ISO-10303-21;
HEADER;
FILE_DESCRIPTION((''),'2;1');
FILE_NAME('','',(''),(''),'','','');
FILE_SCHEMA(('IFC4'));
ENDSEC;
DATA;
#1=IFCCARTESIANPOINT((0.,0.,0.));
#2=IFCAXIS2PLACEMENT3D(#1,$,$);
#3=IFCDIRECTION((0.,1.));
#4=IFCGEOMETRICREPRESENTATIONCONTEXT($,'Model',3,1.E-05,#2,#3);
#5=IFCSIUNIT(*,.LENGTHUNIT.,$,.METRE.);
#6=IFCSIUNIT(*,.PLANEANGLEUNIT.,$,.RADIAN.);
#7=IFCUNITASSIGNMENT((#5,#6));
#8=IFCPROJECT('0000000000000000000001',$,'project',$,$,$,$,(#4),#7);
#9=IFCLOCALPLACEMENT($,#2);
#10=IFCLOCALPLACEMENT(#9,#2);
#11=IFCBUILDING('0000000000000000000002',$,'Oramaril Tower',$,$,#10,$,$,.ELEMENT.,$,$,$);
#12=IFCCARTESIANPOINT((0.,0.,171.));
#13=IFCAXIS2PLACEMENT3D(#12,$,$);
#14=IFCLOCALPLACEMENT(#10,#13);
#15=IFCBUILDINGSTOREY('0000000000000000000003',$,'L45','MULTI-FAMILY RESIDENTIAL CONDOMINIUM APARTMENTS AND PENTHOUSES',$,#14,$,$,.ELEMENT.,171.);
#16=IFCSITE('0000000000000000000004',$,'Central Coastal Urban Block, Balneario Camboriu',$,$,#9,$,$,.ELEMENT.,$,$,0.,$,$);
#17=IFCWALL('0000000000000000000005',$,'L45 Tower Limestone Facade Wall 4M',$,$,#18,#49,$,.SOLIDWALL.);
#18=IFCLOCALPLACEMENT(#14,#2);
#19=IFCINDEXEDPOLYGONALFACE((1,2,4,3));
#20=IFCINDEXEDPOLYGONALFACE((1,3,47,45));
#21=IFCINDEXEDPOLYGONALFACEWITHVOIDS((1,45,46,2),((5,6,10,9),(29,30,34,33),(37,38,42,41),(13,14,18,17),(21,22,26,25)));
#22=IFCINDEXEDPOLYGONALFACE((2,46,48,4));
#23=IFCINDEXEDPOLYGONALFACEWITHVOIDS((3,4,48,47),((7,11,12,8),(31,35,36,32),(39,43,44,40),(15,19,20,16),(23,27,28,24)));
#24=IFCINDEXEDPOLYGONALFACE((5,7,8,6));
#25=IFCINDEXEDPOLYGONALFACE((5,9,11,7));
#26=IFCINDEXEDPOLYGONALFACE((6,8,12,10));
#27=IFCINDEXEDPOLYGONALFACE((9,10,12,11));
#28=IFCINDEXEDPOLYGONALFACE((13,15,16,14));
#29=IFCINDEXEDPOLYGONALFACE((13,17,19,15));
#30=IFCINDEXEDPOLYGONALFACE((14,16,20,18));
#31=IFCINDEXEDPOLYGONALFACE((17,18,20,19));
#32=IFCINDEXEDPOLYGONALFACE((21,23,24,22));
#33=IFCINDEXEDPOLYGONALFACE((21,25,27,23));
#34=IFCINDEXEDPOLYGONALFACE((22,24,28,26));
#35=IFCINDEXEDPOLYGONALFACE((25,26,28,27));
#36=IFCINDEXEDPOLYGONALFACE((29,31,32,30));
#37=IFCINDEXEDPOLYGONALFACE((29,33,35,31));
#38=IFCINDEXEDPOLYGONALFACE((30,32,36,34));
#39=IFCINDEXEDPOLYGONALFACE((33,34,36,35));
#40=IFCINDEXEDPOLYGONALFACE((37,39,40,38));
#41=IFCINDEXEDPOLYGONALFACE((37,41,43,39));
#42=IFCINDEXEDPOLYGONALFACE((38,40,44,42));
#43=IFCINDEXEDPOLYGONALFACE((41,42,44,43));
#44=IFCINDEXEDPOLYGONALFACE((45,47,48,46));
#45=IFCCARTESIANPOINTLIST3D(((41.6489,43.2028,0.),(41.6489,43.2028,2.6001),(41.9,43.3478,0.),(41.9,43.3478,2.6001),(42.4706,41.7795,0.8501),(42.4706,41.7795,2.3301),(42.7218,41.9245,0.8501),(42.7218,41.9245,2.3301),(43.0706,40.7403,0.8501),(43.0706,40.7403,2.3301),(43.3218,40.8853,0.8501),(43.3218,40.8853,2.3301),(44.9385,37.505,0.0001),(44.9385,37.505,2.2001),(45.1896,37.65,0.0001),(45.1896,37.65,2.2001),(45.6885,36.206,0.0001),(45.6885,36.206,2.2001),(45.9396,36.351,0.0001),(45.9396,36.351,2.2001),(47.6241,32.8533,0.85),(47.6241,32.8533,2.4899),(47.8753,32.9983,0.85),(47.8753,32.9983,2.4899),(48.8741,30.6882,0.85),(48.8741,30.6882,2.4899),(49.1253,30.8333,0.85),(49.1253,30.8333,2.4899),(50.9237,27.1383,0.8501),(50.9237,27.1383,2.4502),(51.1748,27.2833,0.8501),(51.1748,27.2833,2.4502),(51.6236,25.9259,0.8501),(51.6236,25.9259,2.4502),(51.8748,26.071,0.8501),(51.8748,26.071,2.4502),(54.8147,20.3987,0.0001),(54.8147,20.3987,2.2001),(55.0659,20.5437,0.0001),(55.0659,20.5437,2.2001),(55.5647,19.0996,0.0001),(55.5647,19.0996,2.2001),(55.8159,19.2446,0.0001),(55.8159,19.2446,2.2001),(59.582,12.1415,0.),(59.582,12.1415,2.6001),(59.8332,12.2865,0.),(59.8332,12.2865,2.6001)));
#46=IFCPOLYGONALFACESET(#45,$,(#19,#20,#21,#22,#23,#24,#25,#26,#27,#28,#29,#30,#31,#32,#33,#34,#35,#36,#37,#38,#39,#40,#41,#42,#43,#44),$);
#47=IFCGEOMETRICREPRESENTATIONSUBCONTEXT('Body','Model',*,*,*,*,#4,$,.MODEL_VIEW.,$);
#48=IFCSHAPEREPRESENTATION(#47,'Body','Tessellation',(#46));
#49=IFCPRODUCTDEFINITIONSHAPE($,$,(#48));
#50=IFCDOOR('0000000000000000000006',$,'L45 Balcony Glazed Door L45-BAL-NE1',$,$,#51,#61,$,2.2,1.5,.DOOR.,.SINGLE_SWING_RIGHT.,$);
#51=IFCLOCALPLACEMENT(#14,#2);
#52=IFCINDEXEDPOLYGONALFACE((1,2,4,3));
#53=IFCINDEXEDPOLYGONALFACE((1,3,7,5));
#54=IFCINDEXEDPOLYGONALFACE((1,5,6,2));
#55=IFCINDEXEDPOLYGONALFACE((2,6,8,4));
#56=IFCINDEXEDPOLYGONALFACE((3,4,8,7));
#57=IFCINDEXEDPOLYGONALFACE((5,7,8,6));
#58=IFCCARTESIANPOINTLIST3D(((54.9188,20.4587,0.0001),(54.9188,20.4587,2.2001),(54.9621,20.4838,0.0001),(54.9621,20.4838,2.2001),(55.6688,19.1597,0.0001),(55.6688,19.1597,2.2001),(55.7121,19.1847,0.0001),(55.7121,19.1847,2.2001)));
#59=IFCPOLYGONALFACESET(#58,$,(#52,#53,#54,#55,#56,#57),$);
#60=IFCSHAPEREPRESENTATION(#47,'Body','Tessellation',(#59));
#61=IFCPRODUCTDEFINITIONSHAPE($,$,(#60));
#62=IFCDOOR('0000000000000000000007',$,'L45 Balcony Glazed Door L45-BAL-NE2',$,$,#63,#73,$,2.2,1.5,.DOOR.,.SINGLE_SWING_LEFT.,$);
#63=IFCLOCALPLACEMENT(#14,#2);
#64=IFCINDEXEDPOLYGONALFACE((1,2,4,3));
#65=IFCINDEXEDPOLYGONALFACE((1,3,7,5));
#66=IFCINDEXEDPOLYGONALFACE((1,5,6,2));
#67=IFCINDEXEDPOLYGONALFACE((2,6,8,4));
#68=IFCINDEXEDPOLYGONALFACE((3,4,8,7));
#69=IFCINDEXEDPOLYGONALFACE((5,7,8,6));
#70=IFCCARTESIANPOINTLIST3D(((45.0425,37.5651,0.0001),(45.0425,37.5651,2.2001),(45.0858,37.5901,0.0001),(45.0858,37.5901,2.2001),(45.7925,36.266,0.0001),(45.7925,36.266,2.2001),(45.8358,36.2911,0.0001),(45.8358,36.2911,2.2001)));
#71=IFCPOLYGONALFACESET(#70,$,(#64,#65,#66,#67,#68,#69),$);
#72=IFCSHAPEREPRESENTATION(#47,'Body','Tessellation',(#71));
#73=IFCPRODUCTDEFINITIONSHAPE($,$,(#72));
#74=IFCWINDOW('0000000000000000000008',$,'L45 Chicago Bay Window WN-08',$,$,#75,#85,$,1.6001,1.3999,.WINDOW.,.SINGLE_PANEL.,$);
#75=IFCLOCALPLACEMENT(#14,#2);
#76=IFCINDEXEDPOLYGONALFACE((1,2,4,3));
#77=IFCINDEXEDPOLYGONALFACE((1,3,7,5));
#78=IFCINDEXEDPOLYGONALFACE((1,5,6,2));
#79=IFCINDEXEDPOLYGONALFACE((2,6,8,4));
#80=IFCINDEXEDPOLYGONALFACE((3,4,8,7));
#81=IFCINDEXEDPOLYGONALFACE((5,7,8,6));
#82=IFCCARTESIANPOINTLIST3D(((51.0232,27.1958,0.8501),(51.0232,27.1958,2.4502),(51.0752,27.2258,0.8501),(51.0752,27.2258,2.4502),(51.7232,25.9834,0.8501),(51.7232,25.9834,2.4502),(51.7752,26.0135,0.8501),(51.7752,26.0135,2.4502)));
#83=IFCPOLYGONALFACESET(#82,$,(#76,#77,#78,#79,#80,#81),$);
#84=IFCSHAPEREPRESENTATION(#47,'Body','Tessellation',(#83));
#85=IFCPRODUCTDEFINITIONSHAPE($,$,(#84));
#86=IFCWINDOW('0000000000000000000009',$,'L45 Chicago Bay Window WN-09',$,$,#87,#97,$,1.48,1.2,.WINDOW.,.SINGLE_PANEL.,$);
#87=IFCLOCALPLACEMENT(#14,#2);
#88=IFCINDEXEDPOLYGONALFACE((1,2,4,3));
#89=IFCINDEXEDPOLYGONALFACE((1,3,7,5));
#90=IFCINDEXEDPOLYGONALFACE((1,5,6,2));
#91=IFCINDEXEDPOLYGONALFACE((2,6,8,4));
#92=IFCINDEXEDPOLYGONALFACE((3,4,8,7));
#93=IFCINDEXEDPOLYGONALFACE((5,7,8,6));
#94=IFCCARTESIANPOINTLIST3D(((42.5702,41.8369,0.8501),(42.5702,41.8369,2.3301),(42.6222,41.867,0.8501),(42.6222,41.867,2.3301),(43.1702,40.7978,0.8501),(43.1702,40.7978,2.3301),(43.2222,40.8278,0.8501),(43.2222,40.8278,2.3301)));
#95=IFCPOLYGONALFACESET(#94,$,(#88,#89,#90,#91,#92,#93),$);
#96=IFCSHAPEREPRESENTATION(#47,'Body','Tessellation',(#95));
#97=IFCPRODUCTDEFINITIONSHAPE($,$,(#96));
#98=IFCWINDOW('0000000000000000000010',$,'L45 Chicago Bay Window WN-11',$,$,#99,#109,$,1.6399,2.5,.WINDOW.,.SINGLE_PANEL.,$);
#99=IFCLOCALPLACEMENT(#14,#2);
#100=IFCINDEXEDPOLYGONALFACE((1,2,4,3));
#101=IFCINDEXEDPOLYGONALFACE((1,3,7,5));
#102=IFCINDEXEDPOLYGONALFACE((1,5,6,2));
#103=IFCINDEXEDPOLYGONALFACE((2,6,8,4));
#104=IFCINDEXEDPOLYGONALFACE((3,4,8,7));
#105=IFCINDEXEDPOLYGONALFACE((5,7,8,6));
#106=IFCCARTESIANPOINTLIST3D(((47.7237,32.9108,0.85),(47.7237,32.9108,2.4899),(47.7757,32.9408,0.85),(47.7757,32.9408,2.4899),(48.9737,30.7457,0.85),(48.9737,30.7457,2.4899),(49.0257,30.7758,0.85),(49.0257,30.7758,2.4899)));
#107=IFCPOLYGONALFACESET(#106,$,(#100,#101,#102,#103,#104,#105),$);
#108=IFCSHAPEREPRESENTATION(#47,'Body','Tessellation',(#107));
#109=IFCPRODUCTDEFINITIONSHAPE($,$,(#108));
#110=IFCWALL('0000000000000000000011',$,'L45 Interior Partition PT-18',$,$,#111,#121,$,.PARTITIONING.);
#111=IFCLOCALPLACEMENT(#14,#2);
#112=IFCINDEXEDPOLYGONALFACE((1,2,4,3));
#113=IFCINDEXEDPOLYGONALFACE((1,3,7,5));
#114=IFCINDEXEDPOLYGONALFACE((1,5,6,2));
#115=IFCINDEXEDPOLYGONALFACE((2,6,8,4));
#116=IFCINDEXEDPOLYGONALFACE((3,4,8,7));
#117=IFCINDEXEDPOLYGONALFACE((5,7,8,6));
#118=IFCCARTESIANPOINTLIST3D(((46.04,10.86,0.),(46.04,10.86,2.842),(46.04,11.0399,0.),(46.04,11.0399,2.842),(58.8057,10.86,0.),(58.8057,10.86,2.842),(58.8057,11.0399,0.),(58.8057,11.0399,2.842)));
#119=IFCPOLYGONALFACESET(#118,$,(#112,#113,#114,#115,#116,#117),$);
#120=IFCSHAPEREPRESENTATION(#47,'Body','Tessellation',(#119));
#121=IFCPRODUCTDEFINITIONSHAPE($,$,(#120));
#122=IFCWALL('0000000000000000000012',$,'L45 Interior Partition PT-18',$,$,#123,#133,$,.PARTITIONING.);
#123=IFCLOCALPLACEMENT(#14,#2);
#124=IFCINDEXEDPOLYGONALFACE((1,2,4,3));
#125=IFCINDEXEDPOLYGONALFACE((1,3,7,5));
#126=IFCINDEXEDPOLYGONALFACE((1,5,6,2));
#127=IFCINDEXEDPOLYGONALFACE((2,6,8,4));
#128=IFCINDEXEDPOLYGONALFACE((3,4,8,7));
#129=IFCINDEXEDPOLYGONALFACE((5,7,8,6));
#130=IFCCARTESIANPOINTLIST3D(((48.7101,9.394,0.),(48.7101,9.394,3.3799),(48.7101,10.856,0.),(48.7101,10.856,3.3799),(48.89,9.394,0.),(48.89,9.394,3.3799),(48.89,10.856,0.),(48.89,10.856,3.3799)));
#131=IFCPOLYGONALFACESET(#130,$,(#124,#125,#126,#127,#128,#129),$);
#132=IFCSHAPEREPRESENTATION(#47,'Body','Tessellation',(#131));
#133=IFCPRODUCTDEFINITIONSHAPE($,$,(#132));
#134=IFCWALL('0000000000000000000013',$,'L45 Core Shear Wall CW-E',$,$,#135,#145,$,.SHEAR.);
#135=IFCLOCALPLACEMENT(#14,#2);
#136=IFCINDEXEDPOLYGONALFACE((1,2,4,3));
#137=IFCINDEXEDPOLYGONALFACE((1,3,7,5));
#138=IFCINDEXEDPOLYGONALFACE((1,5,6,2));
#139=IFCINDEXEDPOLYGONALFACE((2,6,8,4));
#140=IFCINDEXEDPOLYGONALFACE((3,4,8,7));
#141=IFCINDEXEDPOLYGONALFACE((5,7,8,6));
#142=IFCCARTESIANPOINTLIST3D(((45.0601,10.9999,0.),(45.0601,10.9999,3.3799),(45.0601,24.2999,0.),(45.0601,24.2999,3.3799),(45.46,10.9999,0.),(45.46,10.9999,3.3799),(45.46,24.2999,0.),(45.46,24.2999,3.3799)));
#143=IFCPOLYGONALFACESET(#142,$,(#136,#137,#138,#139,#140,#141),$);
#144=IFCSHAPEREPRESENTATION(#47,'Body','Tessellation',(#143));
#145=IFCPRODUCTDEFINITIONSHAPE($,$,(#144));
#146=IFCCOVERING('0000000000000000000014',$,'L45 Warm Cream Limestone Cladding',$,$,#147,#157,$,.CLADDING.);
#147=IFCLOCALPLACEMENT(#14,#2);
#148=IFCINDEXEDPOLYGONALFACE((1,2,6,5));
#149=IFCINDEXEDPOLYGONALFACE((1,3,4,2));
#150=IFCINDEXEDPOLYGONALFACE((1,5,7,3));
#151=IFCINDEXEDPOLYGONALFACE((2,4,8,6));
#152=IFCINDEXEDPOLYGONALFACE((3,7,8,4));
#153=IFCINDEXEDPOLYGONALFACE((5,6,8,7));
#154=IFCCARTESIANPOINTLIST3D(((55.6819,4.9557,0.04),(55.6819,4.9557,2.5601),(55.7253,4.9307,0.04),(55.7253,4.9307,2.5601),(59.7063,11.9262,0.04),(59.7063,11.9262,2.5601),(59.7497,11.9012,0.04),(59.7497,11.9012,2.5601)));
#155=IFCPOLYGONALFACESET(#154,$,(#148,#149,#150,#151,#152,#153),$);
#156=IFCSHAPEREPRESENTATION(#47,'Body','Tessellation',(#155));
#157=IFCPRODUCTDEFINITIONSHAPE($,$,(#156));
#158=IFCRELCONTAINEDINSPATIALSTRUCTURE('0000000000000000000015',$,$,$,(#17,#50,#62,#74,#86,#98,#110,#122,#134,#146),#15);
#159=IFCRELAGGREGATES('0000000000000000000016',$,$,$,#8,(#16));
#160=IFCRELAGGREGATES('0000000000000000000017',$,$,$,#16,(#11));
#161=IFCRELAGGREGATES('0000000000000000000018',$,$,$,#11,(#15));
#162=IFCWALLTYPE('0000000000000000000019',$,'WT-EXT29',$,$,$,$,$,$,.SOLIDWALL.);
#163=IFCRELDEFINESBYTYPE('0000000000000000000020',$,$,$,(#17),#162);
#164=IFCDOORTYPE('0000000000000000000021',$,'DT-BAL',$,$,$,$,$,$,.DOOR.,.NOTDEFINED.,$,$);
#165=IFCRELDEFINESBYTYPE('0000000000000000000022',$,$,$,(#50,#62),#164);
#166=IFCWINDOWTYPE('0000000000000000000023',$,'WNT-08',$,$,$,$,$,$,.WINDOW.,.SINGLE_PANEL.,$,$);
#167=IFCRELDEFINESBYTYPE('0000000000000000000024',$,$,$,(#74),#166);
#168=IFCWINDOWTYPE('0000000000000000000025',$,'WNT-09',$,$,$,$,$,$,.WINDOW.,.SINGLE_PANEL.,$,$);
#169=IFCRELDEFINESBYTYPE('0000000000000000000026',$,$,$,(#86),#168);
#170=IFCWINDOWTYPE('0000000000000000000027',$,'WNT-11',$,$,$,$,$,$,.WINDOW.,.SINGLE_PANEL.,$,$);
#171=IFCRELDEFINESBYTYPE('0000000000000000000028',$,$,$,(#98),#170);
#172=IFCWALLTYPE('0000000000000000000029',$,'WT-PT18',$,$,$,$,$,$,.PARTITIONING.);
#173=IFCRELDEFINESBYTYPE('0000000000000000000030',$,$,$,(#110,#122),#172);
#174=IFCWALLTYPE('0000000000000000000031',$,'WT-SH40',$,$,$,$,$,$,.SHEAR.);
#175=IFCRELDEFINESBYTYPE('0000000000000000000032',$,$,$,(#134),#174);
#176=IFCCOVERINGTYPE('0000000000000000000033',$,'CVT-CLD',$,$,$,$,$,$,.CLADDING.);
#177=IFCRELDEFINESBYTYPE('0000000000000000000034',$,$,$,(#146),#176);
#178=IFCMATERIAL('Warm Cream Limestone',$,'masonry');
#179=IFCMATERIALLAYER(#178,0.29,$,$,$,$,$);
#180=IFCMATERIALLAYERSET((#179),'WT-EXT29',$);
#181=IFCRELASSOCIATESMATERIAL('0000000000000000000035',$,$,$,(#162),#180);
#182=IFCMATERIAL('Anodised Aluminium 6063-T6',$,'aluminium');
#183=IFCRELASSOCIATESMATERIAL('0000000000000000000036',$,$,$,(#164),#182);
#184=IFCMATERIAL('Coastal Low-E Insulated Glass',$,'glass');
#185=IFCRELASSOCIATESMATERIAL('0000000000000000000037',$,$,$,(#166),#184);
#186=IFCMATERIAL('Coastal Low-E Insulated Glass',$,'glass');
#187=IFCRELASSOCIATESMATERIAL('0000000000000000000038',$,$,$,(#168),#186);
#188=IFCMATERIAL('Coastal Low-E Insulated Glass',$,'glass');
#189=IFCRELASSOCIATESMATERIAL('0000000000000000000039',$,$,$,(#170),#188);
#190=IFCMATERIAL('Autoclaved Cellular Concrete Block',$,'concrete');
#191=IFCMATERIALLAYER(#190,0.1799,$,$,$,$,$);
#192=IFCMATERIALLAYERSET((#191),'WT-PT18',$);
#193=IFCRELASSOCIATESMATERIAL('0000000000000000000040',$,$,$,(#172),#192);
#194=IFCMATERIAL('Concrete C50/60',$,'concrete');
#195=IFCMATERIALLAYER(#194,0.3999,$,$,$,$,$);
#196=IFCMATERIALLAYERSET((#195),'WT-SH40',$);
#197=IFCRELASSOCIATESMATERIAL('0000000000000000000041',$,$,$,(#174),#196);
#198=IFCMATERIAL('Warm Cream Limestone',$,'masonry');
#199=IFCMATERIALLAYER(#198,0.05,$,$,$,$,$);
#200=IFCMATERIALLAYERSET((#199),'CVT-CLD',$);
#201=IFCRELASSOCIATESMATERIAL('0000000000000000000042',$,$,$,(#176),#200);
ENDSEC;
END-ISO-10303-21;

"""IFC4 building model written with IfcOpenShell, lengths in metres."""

from ifc_helpers import new_model, si_unit, direction, frame, frame_2d, origin, origin_2d, place, context, subcontext, project, spatial, rectangle, extrude, material, layer, layer_set, type_object, element, fill, save


model = new_model("IFC4")

# Units and contexts
model_context = context("Model", 3, precision=1e-05, world=origin(), true_north=direction((0.0, 1.0)))
body_context = subcontext(model_context, "Body", "Model", "MODEL_VIEW")
ifc_project = project(units=[si_unit("LENGTHUNIT", "METRE"), si_unit("PLANEANGLEUNIT", "RADIAN")], contexts=[model_context])

# Site, building, storey
site_placement = place(None, origin())
site = spatial("IfcSite", under=ifc_project, at=site_placement, Name="Central Coastal Urban Block, Balneario Camboriu", CompositionType="ELEMENT", RefElevation=0.0)
building_placement = place(site_placement, origin())
building = spatial("IfcBuilding", under=site, at=building_placement, Name="Oramaril Tower", CompositionType="ELEMENT")
storey_placement = place(building_placement, frame((0.0, 0.0, 171.0)))
storey = spatial("IfcBuildingStorey", under=building, at=storey_placement, Name="L45", Description="MULTI-FAMILY RESIDENTIAL CONDOMINIUM APARTMENTS AND PENTHOUSES", CompositionType="ELEMENT", Elevation=171.0)

# Wall, openings, doors, windows
ifc_material_1 = material(Name="Warm Cream Limestone", Category="masonry")
ifc_layer_1 = layer(ifc_material_1, 0.29)
ifc_layer_set_1 = layer_set([ifc_layer_1], Name="WT-EXT29")
wall_type_1 = type_object("IfcWallType", Name="WT-EXT29", PredefinedType="SOLIDWALL", material=ifc_layer_set_1)
wall_1_placement = place(storey_placement, frame((59.7075, 12.2141, 0.0), z_axis=(0.0, 0.0, 1.0), x_axis=(-0.499997, 0.866027, 0.0)))
wall_1 = element("IfcWall", 1, at=wall_1_placement, inside=storey, type_object=wall_type_1, Name="L45 Tower Limestone Facade Wall 4M", PredefinedType="SOLIDWALL", context=body_context, shape_type="SweptSolid", body=[
    extrude(rectangle(XDim=35.8665, YDim=0.29, at=frame_2d((17.9331, 0.0))), origin(), (0.0, 0.0, 1.0), 2.6001),
])
opening_1_placement = place(wall_1_placement, frame((8.0344, 0.0, 0.0)))
opening_1 = element("IfcOpeningElement", 2, at=opening_1_placement, cuts=wall_1, PredefinedType="OPENING", context=body_context, shape_type="SweptSolid", body=[
    extrude(rectangle(XDim=1.5, YDim=2.2, at=frame_2d((0.75, 1.1001))), frame((0.0, 0.145, 0.0), z_axis=(0.0, -1.0, 0.0), x_axis=(1.0, 0.0, 0.0)), (0.0, 0.0, 1.0), 0.29),
])
opening_2_placement = place(wall_1_placement, frame((27.7871, 0.0, 0.0)))
opening_2 = element("IfcOpeningElement", 3, at=opening_2_placement, cuts=wall_1, PredefinedType="OPENING", context=body_context, shape_type="SweptSolid", body=[
    extrude(rectangle(XDim=1.5, YDim=2.2, at=frame_2d((0.75, 1.1001))), frame((0.0, 0.145, 0.0), z_axis=(0.0, -1.0, 0.0), x_axis=(1.0, 0.0, 0.0)), (0.0, 0.0, 1.0), 0.29),
])
opening_3_placement = place(wall_1_placement, frame((33.0227, 0.0, 0.8501)))
opening_3 = element("IfcOpeningElement", 4, at=opening_3_placement, cuts=wall_1, PredefinedType="OPENING", context=body_context, shape_type="SweptSolid", body=[
    extrude(rectangle(XDim=1.2, YDim=1.48, at=frame_2d((0.6001, 0.74))), frame((0.0, 0.145, 0.0), z_axis=(0.0, -1.0, 0.0), x_axis=(1.0, 0.0, 0.0)), (0.0, 0.0, 1.0), 0.29),
])
opening_4_placement = place(wall_1_placement, frame((15.9167, 0.0, 0.8501)))
opening_4 = element("IfcOpeningElement", 5, at=opening_4_placement, cuts=wall_1, PredefinedType="OPENING", context=body_context, shape_type="SweptSolid", body=[
    extrude(rectangle(XDim=1.3999, YDim=1.6001, at=frame_2d((0.7, 0.8))), frame((0.0, 0.145, 0.0), z_axis=(0.0, -1.0, 0.0), x_axis=(1.0, 0.0, 0.0)), (0.0, 0.0, 1.0), 0.29),
])
opening_5_placement = place(wall_1_placement, frame((21.4158, 0.0, 0.8501)))
opening_5 = element("IfcOpeningElement", 6, at=opening_5_placement, cuts=wall_1, PredefinedType="OPENING", context=body_context, shape_type="SweptSolid", body=[
    extrude(rectangle(XDim=2.5, YDim=1.6399, at=frame_2d((1.25, 0.8198))), frame((0.0, 0.145, 0.0), z_axis=(0.0, -1.0, 0.0), x_axis=(1.0, 0.0, 0.0)), (0.0, 0.0, 1.0), 0.29),
])
ifc_material_2 = material(Name="Anodised Aluminium 6063-T6", Category="aluminium")
door_type = type_object("IfcDoorType", Name="DT-BAL", OperationType="NOTDEFINED", PredefinedType="DOOR", material=ifc_material_2)
door_1_placement = place(opening_1_placement, origin())
door_1 = element("IfcDoor", 7, at=door_1_placement, inside=storey, type_object=door_type, Name="L45 Balcony Glazed Door L45-BAL-NE1", OperationType="SINGLE_SWING_RIGHT", OverallHeight=2.2, OverallWidth=1.5, PredefinedType="DOOR", context=body_context, shape_type="SweptSolid", body=[
    extrude(rectangle(XDim=1.5, YDim=2.2, at=frame_2d((0.75, 1.1001))), frame((0.0, 0.0249, 0.0), z_axis=(0.0, -1.0, 0.0), x_axis=(1.0, 0.0, 0.0)), (0.0, 0.0, 1.0), 0.05),
])
fill(opening_1, door_1)
door_2_placement = place(opening_2_placement, origin())
door_2 = element("IfcDoor", 8, at=door_2_placement, inside=storey, type_object=door_type, Name="L45 Balcony Glazed Door L45-BAL-NE2", OperationType="SINGLE_SWING_LEFT", OverallHeight=2.2, OverallWidth=1.5, PredefinedType="DOOR", context=body_context, shape_type="SweptSolid", body=[
    extrude(rectangle(XDim=1.5, YDim=2.2, at=frame_2d((0.75, 1.1001))), frame((0.0, 0.0249, 0.0), z_axis=(0.0, -1.0, 0.0), x_axis=(1.0, 0.0, 0.0)), (0.0, 0.0, 1.0), 0.05),
])
fill(opening_2, door_2)
ifc_material_3 = material(Name="Coastal Low-E Insulated Glass", Category="glass")
window_type_1 = type_object("IfcWindowType", Name="WNT-08", PartitioningType="SINGLE_PANEL", PredefinedType="WINDOW", material=ifc_material_3)
window_1_placement = place(opening_4_placement, origin())
window_1 = element("IfcWindow", 9, at=window_1_placement, inside=storey, type_object=window_type_1, Name="L45 Chicago Bay Window WN-08", OverallHeight=1.6001, OverallWidth=1.3999, PartitioningType="SINGLE_PANEL", PredefinedType="WINDOW", context=body_context, shape_type="SweptSolid", body=[
    extrude(rectangle(XDim=1.3999, YDim=1.6001, at=frame_2d((0.7, 0.8))), frame((0.0, 0.03, 0.0), z_axis=(0.0, -1.0, 0.0), x_axis=(1.0, 0.0, 0.0)), (0.0, 0.0, 1.0), 0.0601),
])
fill(opening_4, window_1)
ifc_material_4 = material(Name="Coastal Low-E Insulated Glass", Category="glass")
window_type_2 = type_object("IfcWindowType", Name="WNT-09", PartitioningType="SINGLE_PANEL", PredefinedType="WINDOW", material=ifc_material_4)
window_2_placement = place(opening_3_placement, origin())
window_2 = element("IfcWindow", 10, at=window_2_placement, inside=storey, type_object=window_type_2, Name="L45 Chicago Bay Window WN-09", OverallHeight=1.48, OverallWidth=1.2, PartitioningType="SINGLE_PANEL", PredefinedType="WINDOW", context=body_context, shape_type="SweptSolid", body=[
    extrude(rectangle(XDim=1.2, YDim=1.48, at=frame_2d((0.6001, 0.74))), frame((0.0, 0.03, 0.0), z_axis=(0.0, -1.0, 0.0), x_axis=(1.0, 0.0, 0.0)), (0.0, 0.0, 1.0), 0.0601),
])
fill(opening_3, window_2)
ifc_material_5 = material(Name="Coastal Low-E Insulated Glass", Category="glass")
window_type_3 = type_object("IfcWindowType", Name="WNT-11", PartitioningType="SINGLE_PANEL", PredefinedType="WINDOW", material=ifc_material_5)
window_3_placement = place(opening_5_placement, origin())
window_3 = element("IfcWindow", 11, at=window_3_placement, inside=storey, type_object=window_type_3, Name="L45 Chicago Bay Window WN-11", OverallHeight=1.6399, OverallWidth=2.5, PartitioningType="SINGLE_PANEL", PredefinedType="WINDOW", context=body_context, shape_type="SweptSolid", body=[
    extrude(rectangle(XDim=2.5, YDim=1.6399, at=frame_2d((1.25, 0.8198))), frame((0.0, 0.03, 0.0), z_axis=(0.0, -1.0, 0.0), x_axis=(1.0, 0.0, 0.0)), (0.0, 0.0, 1.0), 0.0601),
])
fill(opening_5, window_3)

# Walls
ifc_material_6 = material(Name="Autoclaved Cellular Concrete Block", Category="concrete")
ifc_layer_2 = layer(ifc_material_6, 0.1799)
ifc_layer_set_2 = layer_set([ifc_layer_2], Name="WT-PT18")
wall_type_2 = type_object("IfcWallType", Name="WT-PT18", PredefinedType="PARTITIONING", material=ifc_layer_set_2)
wall_2_placement = place(storey_placement, frame((46.04, 10.95, 0.0), z_axis=(0.0, 0.0, 1.0), x_axis=(1.0, 0.0, 0.0)))
element("IfcWall", 12, at=wall_2_placement, inside=storey, type_object=wall_type_2, Name="L45 Interior Partition PT-18", PredefinedType="PARTITIONING", context=body_context, shape_type="SweptSolid", body=[
    extrude(rectangle(XDim=12.7656, YDim=0.1799, at=frame_2d((6.3828, 0.0))), origin(), (0.0, 0.0, 1.0), 2.842),
])
wall_3_placement = place(storey_placement, frame((48.8, 9.394, 0.0), z_axis=(0.0, 0.0, 1.0), x_axis=(0.0, 1.0, 0.0)))
element("IfcWall", 13, at=wall_3_placement, inside=storey, type_object=wall_type_2, Name="L45 Interior Partition PT-18", PredefinedType="PARTITIONING", context=body_context, shape_type="SweptSolid", body=[
    extrude(rectangle(XDim=1.4619, YDim=0.1799, at=frame_2d((0.731, 0.0))), origin(), (0.0, 0.0, 1.0), 3.3799),
])
ifc_material_7 = material(Name="Concrete C50/60", Category="concrete")
ifc_layer_3 = layer(ifc_material_7, 0.3999)
ifc_layer_set_3 = layer_set([ifc_layer_3], Name="WT-SH40")
wall_type_3 = type_object("IfcWallType", Name="WT-SH40", PredefinedType="SHEAR", material=ifc_layer_set_3)
wall_4_placement = place(storey_placement, frame((45.26, 11.0, 0.0), z_axis=(0.0, 0.0, 1.0), x_axis=(0.0, 1.0, 0.0)))
element("IfcWall", 14, at=wall_4_placement, inside=storey, type_object=wall_type_3, Name="L45 Core Shear Wall CW-E", PredefinedType="SHEAR", context=body_context, shape_type="SweptSolid", body=[
    extrude(rectangle(XDim=13.3, YDim=0.3999, at=frame_2d((6.6499, 0.0))), origin(), (0.0, 0.0, 1.0), 3.3799),
])

# Covering
ifc_material_8 = material(Name="Warm Cream Limestone", Category="masonry")
ifc_layer_4 = layer(ifc_material_8, 0.05)
ifc_layer_set_4 = layer_set([ifc_layer_4], Name="CVT-CLD")
covering_type = type_object("IfcCoveringType", Name="CVT-CLD", PredefinedType="CLADDING", material=ifc_layer_set_4)
covering_1_placement = place(storey_placement, frame((57.7158, 8.4285, 0.04), z_axis=(0.0, 0.0, 1.0), x_axis=(0.499998, 0.866026, 0.0)))
element("IfcCovering", 15, at=covering_1_placement, inside=storey, type_object=covering_type, Name="L45 Warm Cream Limestone Cladding", PredefinedType="CLADDING", context=body_context, shape_type="SweptSolid", body=[
    extrude(rectangle(XDim=8.0488, YDim=0.05, at=origin_2d()), origin(), (0.0, 0.0, 1.0), 2.52),
])

save(model, "model.ifc")
